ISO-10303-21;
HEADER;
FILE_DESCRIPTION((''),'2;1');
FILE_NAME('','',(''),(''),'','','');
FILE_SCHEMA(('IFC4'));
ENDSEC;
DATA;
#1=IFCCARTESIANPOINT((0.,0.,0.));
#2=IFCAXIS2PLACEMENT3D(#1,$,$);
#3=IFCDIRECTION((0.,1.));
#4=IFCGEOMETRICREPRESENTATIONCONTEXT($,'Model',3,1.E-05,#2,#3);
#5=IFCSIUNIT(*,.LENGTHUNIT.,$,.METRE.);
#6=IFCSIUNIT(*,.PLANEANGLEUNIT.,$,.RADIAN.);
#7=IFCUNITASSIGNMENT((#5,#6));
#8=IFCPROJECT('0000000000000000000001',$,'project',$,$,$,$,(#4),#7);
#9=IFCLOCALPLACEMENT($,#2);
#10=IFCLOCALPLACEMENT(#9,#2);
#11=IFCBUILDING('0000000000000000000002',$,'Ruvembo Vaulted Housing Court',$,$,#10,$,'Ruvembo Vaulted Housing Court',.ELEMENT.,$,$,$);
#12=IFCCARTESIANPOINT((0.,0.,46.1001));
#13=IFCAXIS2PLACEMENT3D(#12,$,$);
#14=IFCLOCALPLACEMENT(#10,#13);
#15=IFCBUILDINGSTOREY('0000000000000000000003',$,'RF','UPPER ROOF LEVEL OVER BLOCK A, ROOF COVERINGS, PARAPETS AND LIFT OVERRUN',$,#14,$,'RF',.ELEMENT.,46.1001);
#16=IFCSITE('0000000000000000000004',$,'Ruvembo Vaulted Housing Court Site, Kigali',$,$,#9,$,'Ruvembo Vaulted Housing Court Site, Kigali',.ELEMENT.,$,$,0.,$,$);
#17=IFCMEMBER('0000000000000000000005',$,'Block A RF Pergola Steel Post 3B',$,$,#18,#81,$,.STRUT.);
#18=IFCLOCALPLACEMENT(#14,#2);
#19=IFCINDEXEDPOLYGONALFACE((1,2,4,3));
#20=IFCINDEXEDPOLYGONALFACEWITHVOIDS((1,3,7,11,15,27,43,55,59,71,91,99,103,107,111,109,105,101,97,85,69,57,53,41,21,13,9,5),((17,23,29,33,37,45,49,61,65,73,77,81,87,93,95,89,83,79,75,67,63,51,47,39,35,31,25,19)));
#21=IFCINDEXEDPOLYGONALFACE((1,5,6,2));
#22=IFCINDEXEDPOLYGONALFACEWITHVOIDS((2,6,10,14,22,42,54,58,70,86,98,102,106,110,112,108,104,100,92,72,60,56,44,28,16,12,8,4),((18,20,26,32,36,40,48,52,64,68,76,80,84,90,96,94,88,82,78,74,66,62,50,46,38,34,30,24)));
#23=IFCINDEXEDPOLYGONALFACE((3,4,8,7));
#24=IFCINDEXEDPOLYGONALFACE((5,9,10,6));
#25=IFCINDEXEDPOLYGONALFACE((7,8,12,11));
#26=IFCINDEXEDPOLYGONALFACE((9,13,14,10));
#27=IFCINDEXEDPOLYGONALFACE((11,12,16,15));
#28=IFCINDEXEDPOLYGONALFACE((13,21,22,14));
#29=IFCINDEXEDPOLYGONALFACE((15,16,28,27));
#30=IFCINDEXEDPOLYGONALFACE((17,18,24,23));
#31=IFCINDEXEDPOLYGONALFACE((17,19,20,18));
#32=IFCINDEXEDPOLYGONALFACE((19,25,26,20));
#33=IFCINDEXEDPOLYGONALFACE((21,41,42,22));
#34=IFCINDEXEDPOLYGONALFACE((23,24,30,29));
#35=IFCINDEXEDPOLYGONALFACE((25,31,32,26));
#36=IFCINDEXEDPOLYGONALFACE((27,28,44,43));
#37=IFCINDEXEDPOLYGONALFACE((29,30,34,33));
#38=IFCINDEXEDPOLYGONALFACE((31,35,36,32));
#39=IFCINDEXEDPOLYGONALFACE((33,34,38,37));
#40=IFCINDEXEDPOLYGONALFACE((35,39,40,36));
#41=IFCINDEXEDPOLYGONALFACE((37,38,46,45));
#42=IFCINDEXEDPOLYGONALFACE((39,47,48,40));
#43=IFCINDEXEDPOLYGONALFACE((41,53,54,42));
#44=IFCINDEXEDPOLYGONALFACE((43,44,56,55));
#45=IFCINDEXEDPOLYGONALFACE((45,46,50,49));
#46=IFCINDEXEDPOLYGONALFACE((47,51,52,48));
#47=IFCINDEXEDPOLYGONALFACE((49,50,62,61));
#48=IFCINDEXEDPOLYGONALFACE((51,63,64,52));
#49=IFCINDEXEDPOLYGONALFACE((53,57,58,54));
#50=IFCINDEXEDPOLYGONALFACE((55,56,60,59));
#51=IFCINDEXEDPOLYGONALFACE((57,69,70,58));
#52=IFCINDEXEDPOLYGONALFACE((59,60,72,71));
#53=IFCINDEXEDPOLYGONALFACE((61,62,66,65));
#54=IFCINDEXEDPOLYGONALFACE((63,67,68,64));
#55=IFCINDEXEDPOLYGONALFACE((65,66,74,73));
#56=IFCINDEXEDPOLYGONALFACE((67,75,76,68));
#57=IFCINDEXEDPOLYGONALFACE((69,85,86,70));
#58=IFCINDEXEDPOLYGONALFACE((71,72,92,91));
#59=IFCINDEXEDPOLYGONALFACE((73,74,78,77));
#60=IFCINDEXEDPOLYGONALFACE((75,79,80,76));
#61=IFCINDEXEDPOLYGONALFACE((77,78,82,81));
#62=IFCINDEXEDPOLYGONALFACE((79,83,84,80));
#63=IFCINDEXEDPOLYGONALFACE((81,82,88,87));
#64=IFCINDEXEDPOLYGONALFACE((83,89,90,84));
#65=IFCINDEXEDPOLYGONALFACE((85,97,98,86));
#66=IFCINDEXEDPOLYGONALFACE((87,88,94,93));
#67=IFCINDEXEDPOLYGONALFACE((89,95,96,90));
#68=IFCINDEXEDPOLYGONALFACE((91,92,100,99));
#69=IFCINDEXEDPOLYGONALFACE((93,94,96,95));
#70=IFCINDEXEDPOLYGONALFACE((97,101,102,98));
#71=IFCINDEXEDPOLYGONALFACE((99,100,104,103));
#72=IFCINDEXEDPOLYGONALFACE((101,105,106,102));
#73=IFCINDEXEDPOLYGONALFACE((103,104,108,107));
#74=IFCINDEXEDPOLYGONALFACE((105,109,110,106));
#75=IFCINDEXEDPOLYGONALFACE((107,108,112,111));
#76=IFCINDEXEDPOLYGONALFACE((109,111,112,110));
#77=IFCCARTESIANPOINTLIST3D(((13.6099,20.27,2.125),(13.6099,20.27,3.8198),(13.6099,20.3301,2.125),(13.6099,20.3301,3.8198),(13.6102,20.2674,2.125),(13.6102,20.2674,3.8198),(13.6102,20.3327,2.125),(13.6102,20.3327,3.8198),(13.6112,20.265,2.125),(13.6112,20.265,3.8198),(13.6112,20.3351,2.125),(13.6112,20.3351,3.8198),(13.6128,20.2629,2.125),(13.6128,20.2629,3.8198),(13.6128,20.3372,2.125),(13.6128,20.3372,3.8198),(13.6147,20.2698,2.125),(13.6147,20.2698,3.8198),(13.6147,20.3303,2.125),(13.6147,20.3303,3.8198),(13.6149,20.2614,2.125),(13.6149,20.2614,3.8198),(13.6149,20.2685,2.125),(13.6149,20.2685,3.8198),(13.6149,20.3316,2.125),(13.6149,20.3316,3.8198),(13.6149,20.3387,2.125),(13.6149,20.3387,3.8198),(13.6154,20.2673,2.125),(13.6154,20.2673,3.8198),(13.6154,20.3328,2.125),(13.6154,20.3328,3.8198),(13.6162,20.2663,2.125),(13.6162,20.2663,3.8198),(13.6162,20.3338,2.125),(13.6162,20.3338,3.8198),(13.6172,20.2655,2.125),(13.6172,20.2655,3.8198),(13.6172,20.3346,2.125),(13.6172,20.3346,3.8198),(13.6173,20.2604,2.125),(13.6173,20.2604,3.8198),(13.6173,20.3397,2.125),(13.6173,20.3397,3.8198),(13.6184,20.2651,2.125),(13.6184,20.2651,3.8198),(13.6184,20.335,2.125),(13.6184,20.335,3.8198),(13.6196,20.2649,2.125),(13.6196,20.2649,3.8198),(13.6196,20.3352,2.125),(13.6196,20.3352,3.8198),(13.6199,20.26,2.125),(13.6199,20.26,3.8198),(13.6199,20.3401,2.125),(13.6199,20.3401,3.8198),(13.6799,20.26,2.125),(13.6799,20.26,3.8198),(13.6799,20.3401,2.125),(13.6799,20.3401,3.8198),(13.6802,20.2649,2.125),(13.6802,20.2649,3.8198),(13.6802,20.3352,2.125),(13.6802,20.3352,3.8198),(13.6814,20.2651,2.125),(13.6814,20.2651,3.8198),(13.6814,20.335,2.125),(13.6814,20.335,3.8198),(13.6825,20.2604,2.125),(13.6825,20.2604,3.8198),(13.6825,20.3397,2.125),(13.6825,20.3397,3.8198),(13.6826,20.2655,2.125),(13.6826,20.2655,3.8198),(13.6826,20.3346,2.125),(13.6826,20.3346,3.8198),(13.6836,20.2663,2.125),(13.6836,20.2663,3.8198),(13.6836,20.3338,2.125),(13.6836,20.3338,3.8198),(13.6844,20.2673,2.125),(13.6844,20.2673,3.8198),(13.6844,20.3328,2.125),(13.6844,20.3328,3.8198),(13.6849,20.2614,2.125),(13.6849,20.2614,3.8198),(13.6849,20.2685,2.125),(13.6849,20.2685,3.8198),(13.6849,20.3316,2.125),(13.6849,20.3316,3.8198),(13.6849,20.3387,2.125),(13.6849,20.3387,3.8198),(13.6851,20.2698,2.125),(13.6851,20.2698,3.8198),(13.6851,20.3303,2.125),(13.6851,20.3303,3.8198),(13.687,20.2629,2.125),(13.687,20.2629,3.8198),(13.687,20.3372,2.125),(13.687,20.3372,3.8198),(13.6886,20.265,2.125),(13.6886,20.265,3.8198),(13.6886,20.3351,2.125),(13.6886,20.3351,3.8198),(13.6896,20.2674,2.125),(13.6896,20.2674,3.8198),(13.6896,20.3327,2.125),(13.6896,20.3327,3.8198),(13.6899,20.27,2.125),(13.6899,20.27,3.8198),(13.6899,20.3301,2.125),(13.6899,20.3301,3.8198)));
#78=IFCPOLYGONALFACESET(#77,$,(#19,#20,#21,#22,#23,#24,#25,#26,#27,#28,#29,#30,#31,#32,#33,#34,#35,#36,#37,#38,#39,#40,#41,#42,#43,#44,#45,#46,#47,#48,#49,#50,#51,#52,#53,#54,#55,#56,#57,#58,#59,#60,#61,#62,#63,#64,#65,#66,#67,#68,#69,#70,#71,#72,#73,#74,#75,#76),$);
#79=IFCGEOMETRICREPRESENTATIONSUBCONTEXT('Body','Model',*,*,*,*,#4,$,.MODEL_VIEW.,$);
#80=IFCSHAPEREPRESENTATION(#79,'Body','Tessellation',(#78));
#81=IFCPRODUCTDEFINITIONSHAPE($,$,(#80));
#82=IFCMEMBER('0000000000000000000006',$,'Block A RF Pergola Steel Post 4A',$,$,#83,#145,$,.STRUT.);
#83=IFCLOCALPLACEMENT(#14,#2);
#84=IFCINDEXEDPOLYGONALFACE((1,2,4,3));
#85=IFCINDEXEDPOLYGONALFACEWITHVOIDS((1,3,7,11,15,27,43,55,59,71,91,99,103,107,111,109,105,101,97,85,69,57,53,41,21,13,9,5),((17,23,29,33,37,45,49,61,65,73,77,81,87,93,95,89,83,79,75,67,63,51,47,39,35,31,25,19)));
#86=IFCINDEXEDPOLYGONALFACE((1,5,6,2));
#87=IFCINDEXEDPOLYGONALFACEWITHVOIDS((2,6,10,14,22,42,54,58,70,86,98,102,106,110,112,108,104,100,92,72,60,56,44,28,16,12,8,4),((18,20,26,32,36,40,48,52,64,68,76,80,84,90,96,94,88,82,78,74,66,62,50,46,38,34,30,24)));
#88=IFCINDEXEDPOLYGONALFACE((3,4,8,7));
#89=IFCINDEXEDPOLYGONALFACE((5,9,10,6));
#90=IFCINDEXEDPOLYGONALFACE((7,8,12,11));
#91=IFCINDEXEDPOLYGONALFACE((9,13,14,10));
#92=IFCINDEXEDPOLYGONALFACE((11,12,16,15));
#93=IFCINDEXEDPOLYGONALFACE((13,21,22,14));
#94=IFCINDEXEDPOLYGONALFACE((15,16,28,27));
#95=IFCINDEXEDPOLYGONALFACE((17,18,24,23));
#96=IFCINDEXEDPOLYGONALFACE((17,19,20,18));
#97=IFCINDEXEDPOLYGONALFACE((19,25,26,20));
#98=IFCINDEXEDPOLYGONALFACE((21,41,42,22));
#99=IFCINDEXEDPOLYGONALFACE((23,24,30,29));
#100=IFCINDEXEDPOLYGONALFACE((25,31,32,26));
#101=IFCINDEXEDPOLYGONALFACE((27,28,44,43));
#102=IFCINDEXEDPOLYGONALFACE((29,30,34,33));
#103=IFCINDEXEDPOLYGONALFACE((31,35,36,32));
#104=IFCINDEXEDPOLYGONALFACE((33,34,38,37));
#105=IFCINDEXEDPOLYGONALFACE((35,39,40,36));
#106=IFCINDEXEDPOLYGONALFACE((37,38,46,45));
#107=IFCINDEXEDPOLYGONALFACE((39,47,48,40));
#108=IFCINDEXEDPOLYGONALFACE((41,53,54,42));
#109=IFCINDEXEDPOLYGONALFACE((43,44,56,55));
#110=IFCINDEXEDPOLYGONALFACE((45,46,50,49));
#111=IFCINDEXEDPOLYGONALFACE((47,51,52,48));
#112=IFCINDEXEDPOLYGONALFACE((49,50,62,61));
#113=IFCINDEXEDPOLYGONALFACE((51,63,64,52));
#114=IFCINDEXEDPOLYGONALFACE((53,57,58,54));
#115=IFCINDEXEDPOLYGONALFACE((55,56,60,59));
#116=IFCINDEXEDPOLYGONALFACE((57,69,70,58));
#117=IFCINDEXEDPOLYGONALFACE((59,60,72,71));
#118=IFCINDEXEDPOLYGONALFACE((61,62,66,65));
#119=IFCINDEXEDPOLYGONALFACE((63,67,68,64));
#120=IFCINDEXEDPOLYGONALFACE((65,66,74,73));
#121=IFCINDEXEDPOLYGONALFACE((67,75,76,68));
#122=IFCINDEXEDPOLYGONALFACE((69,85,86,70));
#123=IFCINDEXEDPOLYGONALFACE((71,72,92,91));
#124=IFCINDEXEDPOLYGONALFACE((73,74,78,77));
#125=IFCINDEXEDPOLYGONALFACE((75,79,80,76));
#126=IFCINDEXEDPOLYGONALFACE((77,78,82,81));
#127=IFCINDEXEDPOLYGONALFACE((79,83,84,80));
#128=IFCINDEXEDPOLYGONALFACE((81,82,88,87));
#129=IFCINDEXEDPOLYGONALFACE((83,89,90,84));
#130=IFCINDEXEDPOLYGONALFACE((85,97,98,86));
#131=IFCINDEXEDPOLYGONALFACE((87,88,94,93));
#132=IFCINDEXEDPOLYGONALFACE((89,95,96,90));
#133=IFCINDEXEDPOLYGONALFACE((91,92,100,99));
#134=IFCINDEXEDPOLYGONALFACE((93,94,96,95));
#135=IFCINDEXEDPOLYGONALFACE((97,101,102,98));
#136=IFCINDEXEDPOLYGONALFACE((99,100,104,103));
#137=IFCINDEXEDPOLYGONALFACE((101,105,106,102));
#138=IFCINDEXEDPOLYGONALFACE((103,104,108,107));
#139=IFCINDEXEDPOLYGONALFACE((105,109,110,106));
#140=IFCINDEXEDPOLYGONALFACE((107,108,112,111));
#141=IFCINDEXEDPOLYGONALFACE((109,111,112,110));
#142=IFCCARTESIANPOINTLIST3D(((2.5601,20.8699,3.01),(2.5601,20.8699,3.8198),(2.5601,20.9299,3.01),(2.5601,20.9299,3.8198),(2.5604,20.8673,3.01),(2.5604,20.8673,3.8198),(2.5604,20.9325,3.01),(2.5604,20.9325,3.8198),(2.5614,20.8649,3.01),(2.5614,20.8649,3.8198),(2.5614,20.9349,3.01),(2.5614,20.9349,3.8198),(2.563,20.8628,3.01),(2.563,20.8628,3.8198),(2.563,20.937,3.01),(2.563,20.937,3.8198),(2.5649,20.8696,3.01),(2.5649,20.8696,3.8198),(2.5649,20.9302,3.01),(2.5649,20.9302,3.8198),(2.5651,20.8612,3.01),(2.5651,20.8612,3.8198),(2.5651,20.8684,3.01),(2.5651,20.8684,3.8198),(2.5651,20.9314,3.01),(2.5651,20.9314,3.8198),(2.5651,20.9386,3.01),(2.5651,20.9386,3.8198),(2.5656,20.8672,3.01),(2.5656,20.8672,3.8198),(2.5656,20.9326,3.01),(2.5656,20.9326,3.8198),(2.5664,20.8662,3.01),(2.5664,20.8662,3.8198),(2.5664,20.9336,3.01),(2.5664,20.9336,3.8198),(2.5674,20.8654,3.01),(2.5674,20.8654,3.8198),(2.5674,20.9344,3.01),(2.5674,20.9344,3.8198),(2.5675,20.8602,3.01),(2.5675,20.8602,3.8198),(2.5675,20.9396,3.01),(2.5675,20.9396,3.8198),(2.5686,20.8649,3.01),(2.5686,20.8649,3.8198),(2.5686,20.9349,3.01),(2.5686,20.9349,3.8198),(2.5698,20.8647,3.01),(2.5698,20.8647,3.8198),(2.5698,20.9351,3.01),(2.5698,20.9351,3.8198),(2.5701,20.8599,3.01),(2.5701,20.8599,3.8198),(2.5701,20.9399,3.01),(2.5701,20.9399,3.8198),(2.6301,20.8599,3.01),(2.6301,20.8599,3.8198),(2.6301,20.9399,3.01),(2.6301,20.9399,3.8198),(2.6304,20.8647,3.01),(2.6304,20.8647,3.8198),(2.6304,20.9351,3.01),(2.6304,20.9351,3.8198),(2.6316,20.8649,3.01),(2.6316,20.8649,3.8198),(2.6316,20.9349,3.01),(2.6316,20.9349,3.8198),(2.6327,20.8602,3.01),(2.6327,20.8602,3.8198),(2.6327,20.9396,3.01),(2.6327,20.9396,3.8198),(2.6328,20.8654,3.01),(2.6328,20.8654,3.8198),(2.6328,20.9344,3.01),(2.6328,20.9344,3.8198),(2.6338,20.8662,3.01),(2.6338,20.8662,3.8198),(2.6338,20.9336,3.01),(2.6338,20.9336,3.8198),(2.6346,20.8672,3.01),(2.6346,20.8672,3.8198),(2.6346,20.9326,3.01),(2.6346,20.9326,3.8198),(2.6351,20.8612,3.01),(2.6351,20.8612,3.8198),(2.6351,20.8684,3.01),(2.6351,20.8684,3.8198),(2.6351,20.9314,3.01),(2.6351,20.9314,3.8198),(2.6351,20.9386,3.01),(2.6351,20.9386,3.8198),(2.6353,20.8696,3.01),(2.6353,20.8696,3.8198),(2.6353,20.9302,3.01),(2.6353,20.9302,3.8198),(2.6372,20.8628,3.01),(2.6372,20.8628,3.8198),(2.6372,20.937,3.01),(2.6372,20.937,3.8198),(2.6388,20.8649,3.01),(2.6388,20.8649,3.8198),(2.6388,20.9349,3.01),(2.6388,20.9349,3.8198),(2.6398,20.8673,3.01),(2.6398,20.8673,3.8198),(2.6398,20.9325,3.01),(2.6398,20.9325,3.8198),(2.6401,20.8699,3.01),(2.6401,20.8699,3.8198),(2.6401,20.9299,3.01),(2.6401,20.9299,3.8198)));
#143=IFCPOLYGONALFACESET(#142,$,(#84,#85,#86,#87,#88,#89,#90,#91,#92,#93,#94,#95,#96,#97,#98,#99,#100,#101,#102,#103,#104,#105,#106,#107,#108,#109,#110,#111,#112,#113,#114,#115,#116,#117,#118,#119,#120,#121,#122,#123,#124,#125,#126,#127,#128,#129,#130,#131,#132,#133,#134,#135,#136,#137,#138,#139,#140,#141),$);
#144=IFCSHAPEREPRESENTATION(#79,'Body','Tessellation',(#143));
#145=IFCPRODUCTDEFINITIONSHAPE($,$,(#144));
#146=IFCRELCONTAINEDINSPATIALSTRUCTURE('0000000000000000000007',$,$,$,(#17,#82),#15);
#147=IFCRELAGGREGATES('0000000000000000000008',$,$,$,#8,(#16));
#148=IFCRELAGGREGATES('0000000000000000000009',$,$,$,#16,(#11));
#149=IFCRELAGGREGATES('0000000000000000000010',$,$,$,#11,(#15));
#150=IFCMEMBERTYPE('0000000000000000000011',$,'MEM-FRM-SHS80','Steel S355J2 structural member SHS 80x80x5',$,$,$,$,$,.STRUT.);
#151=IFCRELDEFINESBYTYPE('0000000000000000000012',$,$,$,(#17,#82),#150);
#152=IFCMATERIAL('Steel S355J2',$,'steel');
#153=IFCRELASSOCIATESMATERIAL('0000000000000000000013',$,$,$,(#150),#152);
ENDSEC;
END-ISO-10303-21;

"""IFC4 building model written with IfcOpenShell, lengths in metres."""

from ifc_helpers import new_model, si_unit, direction, frame, origin, origin_2d, place, context, subcontext, project, spatial, hollow_rectangle, extrude, material, material_profile, profile_set, type_object, element, save


model = new_model("IFC4")

# Units and contexts
model_context = context("Model", 3, precision=1e-05, world=origin(), true_north=direction((0.0, 1.0)))
body_context = subcontext(model_context, "Body", "Model", "MODEL_VIEW")
ifc_project = project(units=[si_unit("LENGTHUNIT", "METRE"), si_unit("PLANEANGLEUNIT", "RADIAN")], contexts=[model_context])

# Site, building, storey
site_placement = place(None, origin())
site = spatial("IfcSite", under=ifc_project, at=site_placement, Name="Ruvembo Vaulted Housing Court Site, Kigali", LongName="Ruvembo Vaulted Housing Court Site, Kigali", CompositionType="ELEMENT", RefElevation=0.0)
building_placement = place(site_placement, origin())
building = spatial("IfcBuilding", under=site, at=building_placement, Name="Ruvembo Vaulted Housing Court", LongName="Ruvembo Vaulted Housing Court", CompositionType="ELEMENT")
storey_placement = place(building_placement, frame((0.0, 0.0, 46.1001)))
storey = spatial("IfcBuildingStorey", under=building, at=storey_placement, Name="RF", Description="UPPER ROOF LEVEL OVER BLOCK A, ROOF COVERINGS, PARAPETS AND LIFT OVERRUN", LongName="RF", CompositionType="ELEMENT", Elevation=46.1001)

# Shared definitions
ifc_material_1 = material(Name="Steel S355J2", Category="steel")

# Members
ifc_material_profile_1 = material_profile(ifc_material_1, hollow_rectangle(XDim=0.0801, YDim=0.0801, WallThickness=0.0049, InnerFilletRadius=0.0049, OuterFilletRadius=0.01, at=origin_2d()), Name="SHS 80x80x5")
ifc_profile_set_1 = profile_set([ifc_material_profile_1], Name="Steel S355J2")
member_type = type_object("IfcMemberType", Name="MEM-FRM-SHS80", Description="Steel S355J2 structural member SHS 80x80x5", PredefinedType="STRUT", material=ifc_profile_set_1)
member_1_placement = place(storey_placement, frame((13.6499, 20.3, 2.125), z_axis=(0.0, 0.0, 1.0), x_axis=(1.0, 0.0, 0.0)))
element("IfcMember", 1, at=member_1_placement, inside=storey, type_object=member_type, Name="Block A RF Pergola Steel Post 3B", PredefinedType="STRUT", context=body_context, shape_type="SweptSolid", body=[
    extrude(hollow_rectangle(XDim=0.0801, YDim=0.0801, WallThickness=0.0049, InnerFilletRadius=0.0049, OuterFilletRadius=0.01, at=origin_2d()), origin(), (0.0, 0.0, 1.0), 1.6948),
])
member_2_placement = place(storey_placement, frame((2.6001, 20.8999, 3.01), z_axis=(0.0, 0.0, 1.0), x_axis=(1.0, 0.0, 0.0)))
element("IfcMember", 2, at=member_2_placement, inside=storey, type_object=member_type, Name="Block A RF Pergola Steel Post 4A", PredefinedType="STRUT", context=body_context, shape_type="SweptSolid", body=[
    extrude(hollow_rectangle(XDim=0.0801, YDim=0.0801, WallThickness=0.0049, InnerFilletRadius=0.0049, OuterFilletRadius=0.01, at=origin_2d()), origin(), (0.0, 0.0, 1.0), 0.8098),
])

save(model, "model.ifc")
